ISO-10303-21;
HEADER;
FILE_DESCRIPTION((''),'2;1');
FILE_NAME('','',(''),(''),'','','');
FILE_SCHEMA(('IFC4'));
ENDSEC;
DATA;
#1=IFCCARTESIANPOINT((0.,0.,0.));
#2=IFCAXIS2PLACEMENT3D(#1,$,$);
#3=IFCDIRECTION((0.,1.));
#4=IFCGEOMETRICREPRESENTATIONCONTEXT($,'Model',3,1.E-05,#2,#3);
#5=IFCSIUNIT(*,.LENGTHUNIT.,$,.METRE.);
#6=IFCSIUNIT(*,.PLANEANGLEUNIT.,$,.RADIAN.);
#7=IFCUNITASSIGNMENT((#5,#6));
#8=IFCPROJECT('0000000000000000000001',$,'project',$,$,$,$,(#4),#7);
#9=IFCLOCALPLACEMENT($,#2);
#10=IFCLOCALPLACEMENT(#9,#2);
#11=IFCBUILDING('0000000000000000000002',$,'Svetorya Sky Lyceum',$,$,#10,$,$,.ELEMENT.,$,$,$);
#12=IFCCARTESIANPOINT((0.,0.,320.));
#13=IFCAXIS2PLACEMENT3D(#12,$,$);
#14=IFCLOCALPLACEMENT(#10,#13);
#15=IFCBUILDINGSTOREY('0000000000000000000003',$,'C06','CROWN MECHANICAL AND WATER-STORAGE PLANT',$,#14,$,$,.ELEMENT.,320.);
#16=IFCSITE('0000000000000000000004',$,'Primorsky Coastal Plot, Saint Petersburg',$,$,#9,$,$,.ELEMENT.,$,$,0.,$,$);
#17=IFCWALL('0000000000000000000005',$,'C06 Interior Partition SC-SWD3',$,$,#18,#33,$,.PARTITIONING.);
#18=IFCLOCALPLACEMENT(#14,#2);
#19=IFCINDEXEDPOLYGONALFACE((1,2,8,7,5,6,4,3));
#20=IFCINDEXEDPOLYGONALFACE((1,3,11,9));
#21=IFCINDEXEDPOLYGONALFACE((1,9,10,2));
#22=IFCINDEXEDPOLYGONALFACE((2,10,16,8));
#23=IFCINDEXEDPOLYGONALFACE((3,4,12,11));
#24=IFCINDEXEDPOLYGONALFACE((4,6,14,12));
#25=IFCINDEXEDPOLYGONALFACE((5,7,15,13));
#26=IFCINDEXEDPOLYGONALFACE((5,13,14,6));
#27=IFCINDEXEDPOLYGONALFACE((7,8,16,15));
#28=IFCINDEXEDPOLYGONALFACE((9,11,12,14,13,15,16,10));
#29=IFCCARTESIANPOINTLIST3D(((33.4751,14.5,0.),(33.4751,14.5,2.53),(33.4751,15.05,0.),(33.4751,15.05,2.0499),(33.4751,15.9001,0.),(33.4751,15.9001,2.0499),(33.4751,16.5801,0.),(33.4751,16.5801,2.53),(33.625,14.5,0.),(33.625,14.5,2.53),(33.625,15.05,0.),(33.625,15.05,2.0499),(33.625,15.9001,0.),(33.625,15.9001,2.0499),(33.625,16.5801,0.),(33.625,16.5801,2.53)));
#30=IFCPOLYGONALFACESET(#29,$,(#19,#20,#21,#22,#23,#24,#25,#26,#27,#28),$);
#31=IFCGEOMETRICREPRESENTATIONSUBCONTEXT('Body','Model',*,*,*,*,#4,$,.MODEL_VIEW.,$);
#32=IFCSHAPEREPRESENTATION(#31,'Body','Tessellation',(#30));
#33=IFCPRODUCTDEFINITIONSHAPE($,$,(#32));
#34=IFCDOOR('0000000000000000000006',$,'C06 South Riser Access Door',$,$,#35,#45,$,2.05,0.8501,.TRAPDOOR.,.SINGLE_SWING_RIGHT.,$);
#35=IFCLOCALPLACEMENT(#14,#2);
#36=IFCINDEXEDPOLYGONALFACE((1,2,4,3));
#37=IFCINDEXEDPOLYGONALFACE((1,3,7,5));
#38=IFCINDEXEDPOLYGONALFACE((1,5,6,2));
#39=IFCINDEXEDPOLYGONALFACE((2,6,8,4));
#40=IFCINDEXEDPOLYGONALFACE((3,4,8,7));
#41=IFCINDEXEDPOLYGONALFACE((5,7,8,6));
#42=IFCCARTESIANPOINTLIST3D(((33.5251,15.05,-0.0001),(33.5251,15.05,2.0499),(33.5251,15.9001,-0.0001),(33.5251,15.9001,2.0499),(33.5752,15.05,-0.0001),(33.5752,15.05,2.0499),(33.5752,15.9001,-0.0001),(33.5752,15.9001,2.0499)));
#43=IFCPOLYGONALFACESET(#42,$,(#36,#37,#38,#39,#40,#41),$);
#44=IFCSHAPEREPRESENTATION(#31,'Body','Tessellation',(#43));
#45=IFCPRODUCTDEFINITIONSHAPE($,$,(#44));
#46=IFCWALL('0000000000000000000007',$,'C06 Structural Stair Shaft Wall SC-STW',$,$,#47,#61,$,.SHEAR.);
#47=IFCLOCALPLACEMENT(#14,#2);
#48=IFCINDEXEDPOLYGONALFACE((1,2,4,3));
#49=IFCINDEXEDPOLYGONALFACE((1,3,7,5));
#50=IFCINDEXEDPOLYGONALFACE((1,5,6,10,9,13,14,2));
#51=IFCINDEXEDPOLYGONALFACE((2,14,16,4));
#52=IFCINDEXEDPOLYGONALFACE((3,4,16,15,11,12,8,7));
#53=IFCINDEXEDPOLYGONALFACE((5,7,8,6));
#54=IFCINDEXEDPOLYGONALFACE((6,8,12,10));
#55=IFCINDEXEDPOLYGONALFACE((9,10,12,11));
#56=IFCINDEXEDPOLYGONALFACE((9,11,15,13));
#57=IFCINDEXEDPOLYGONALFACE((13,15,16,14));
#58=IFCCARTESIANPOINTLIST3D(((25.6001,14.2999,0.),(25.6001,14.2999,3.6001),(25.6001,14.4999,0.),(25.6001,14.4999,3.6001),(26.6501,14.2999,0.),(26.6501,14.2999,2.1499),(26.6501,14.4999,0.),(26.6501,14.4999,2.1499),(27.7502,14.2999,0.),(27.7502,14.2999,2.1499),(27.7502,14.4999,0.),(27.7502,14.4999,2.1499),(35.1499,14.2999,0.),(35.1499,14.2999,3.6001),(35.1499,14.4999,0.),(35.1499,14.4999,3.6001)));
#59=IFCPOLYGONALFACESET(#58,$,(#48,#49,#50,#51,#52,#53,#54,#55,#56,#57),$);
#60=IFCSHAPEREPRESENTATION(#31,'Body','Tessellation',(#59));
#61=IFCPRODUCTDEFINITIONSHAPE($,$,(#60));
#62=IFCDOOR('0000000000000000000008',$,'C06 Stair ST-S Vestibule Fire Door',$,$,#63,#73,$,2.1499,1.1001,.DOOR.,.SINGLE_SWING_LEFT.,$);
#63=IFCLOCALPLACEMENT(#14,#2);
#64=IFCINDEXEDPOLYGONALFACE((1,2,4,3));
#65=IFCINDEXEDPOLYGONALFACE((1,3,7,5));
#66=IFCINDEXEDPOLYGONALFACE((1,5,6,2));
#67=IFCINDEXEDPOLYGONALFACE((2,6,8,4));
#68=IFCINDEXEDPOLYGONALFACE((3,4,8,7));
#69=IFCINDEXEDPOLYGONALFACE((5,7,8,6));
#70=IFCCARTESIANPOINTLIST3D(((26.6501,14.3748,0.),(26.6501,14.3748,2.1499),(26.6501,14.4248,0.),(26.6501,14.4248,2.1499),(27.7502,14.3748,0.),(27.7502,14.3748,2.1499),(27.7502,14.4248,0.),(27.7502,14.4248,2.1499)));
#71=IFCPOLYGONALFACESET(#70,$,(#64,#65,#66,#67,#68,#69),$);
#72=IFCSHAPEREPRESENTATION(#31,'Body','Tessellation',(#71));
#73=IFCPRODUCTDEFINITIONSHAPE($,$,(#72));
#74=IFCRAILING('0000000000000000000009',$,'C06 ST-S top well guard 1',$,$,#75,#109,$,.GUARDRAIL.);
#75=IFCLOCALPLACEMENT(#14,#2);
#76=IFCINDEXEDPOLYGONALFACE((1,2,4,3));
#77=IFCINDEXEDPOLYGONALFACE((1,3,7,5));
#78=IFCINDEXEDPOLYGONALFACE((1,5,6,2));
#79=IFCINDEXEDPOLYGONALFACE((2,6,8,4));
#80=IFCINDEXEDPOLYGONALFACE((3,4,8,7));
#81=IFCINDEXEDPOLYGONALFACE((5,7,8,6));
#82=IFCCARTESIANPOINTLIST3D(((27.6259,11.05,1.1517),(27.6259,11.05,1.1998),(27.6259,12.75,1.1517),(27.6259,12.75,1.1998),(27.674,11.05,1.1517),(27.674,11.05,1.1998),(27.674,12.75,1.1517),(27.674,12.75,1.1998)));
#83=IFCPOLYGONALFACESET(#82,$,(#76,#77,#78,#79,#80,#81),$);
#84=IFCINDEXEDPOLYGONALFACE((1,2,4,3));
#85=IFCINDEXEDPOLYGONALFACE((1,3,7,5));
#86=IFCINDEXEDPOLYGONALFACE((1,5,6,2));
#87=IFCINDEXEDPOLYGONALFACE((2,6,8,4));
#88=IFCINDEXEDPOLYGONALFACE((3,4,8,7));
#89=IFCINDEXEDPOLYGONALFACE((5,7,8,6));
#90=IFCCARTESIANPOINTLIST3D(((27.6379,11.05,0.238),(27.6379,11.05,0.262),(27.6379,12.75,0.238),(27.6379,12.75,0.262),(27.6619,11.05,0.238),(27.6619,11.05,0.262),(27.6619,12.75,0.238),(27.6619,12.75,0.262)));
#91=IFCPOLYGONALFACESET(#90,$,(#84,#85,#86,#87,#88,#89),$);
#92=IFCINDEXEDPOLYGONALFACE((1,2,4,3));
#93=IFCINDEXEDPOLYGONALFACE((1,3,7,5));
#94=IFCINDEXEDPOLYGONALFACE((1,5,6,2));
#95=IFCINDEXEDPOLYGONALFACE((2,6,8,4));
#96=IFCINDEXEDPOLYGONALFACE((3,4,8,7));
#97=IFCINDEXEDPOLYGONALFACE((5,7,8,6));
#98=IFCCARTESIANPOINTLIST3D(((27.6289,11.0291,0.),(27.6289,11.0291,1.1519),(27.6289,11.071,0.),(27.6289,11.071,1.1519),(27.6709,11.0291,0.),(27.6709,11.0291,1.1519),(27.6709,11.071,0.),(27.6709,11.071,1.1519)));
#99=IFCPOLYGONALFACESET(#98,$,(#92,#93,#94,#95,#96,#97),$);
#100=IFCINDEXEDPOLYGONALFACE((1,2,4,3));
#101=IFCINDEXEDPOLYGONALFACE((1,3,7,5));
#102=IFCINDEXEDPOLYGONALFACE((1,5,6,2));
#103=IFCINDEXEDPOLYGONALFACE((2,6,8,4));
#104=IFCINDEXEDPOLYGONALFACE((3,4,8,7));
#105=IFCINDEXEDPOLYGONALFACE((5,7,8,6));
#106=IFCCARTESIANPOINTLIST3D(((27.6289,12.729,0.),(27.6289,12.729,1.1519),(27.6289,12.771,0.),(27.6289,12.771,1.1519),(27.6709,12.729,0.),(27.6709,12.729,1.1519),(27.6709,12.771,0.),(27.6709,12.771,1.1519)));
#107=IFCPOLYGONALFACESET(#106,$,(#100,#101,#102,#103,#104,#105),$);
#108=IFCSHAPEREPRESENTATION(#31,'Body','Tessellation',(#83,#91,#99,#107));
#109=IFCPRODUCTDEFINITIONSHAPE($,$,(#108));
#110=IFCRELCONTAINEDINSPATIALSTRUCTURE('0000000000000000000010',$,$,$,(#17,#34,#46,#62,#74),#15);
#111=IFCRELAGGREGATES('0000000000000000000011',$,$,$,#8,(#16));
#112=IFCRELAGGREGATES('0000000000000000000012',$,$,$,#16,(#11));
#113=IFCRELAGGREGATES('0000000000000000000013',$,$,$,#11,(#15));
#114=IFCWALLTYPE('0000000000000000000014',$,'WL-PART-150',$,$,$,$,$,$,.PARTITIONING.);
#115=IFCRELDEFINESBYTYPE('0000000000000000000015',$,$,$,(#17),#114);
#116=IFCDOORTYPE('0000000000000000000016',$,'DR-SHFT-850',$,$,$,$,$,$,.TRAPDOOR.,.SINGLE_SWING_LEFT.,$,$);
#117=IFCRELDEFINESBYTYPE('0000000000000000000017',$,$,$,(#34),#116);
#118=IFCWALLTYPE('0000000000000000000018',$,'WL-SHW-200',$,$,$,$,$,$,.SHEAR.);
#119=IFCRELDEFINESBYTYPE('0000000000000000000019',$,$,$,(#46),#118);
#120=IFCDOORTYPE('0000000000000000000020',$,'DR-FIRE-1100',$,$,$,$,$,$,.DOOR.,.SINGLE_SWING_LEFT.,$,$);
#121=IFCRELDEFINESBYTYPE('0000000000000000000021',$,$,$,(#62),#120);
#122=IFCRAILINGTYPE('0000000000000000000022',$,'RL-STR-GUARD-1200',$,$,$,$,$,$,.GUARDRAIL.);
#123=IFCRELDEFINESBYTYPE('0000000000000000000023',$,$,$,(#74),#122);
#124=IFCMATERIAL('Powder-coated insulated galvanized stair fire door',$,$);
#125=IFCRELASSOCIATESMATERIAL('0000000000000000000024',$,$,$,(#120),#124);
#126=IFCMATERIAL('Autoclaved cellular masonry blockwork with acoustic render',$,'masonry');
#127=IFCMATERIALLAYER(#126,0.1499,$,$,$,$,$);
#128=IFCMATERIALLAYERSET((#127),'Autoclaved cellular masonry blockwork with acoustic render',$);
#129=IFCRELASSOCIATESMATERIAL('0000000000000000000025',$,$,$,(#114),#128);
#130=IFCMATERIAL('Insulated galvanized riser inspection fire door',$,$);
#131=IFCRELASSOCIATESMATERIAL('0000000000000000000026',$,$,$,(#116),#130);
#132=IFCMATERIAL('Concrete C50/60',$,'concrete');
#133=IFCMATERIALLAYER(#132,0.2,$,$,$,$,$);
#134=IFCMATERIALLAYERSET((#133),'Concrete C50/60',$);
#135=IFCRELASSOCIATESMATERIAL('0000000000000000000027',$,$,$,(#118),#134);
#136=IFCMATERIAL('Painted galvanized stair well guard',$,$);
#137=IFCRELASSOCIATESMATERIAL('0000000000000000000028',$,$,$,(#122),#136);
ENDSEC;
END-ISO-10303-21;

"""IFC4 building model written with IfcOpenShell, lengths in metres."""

from ifc_helpers import new_model, si_unit, direction, frame, frame_2d, origin, origin_2d, place, context, subcontext, project, spatial, rectangle, extrude, material, layer, layer_set, type_object, element, fill, save


model = new_model("IFC4")

# Units and contexts
model_context = context("Model", 3, precision=1e-05, world=origin(), true_north=direction((0.0, 1.0)))
body_context = subcontext(model_context, "Body", "Model", "MODEL_VIEW")
ifc_project = project(units=[si_unit("LENGTHUNIT", "METRE"), si_unit("PLANEANGLEUNIT", "RADIAN")], contexts=[model_context])

# Site, building, storey
site_placement = place(None, origin())
site = spatial("IfcSite", under=ifc_project, at=site_placement, Name="Primorsky Coastal Plot, Saint Petersburg", CompositionType="ELEMENT", RefElevation=0.0)
building_placement = place(site_placement, origin())
building = spatial("IfcBuilding", under=site, at=building_placement, Name="Svetorya Sky Lyceum", CompositionType="ELEMENT")
storey_placement = place(building_placement, frame((0.0, 0.0, 320.0)))
storey = spatial("IfcBuildingStorey", under=building, at=storey_placement, Name="C06", Description="CROWN MECHANICAL AND WATER-STORAGE PLANT", CompositionType="ELEMENT", Elevation=320.0)

# Shared definitions
ifc_material_1 = material(Name="Powder-coated insulated galvanized stair fire door")
door_type_1 = type_object("IfcDoorType", Name="DR-FIRE-1100", OperationType="SINGLE_SWING_LEFT", PredefinedType="DOOR", material=ifc_material_1)

# Shared definitions
ifc_material_2 = material(Name="Autoclaved cellular masonry blockwork with acoustic render", Category="masonry")
ifc_layer_1 = layer(ifc_material_2, 0.1499)
ifc_layer_set_1 = layer_set([ifc_layer_1], Name="Autoclaved cellular masonry blockwork with acoustic render")
wall_type_1 = type_object("IfcWallType", Name="WL-PART-150", PredefinedType="PARTITIONING", material=ifc_layer_set_1)

# Walls, openings, doors
wall_1_placement = place(storey_placement, frame((33.55, 14.5, 0.0), z_axis=(0.0, 0.0, 1.0), x_axis=(0.0, 1.0, 0.0)))
wall_1 = element("IfcWall", 1, at=wall_1_placement, inside=storey, type_object=wall_type_1, Name="C06 Interior Partition SC-SWD3", PredefinedType="PARTITIONING", context=body_context, shape_type="SweptSolid", body=[
    extrude(rectangle(XDim=2.0801, YDim=0.1499, at=frame_2d((1.04, 0.0))), origin(), (0.0, 0.0, 1.0), 2.53),
])
opening_1_placement = place(wall_1_placement, frame((0.55, 0.0, 0.0)))
opening_1 = element("IfcOpeningElement", 2, at=opening_1_placement, cuts=wall_1, PredefinedType="OPENING", context=body_context, shape_type="SweptSolid", body=[
    extrude(rectangle(XDim=0.8501, YDim=2.05, at=frame_2d((0.425, 1.0249))), frame((0.0, 0.085, 0.0), z_axis=(0.0, -1.0, 0.0), x_axis=(1.0, 0.0, 0.0)), (0.0, 0.0, 1.0), 0.1699),
])
ifc_material_3 = material(Name="Insulated galvanized riser inspection fire door")
door_type_2 = type_object("IfcDoorType", Name="DR-SHFT-850", OperationType="SINGLE_SWING_LEFT", PredefinedType="TRAPDOOR", material=ifc_material_3)
door_1_placement = place(opening_1_placement, origin())
door_1 = element("IfcDoor", 3, at=door_1_placement, inside=storey, type_object=door_type_2, Name="C06 South Riser Access Door", OperationType="SINGLE_SWING_RIGHT", OverallHeight=2.05, OverallWidth=0.8501, PredefinedType="TRAPDOOR", context=body_context, shape_type="SweptSolid", body=[
    extrude(rectangle(XDim=0.8501, YDim=2.05, at=frame_2d((0.425, 1.0249))), frame((0.0, 0.0249, 0.0), z_axis=(0.0, -1.0, 0.0), x_axis=(1.0, 0.0, 0.0)), (0.0, 0.0, 1.0), 0.05),
])
fill(opening_1, door_1)
ifc_material_4 = material(Name="Concrete C50/60", Category="concrete")
ifc_layer_2 = layer(ifc_material_4, 0.2)
ifc_layer_set_2 = layer_set([ifc_layer_2], Name="Concrete C50/60")
wall_type_2 = type_object("IfcWallType", Name="WL-SHW-200", PredefinedType="SHEAR", material=ifc_layer_set_2)
wall_2_placement = place(storey_placement, frame((25.6001, 14.3999, 0.0), z_axis=(0.0, 0.0, 1.0), x_axis=(1.0, 0.0, 0.0)))
wall_2 = element("IfcWall", 4, at=wall_2_placement, inside=storey, type_object=wall_type_2, Name="C06 Structural Stair Shaft Wall SC-STW", PredefinedType="SHEAR", context=body_context, shape_type="SweptSolid", body=[
    extrude(rectangle(XDim=9.5498, YDim=0.2, at=frame_2d((4.7749, 0.0))), origin(), (0.0, 0.0, 1.0), 3.6001),
])
opening_2_placement = place(wall_2_placement, frame((1.05, 0.0, 0.0)))
opening_2 = element("IfcOpeningElement", 5, at=opening_2_placement, cuts=wall_2, PredefinedType="OPENING", context=body_context, shape_type="SweptSolid", body=[
    extrude(rectangle(XDim=1.1001, YDim=2.1499, at=frame_2d((0.55, 1.075))), frame((0.0, 0.1099, 0.0), z_axis=(0.0, -1.0, 0.0), x_axis=(1.0, 0.0, 0.0)), (0.0, 0.0, 1.0), 0.22),
])
door_2_placement = place(opening_2_placement, origin())
door_2 = element("IfcDoor", 6, at=door_2_placement, inside=storey, type_object=door_type_1, Name="C06 Stair ST-S Vestibule Fire Door", OperationType="SINGLE_SWING_LEFT", OverallHeight=2.1499, OverallWidth=1.1001, PredefinedType="DOOR", context=body_context, shape_type="SweptSolid", body=[
    extrude(rectangle(XDim=1.1001, YDim=2.1499, at=frame_2d((0.55, 1.075))), frame((0.0, 0.0249, 0.0), z_axis=(0.0, -1.0, 0.0), x_axis=(1.0, 0.0, 0.0)), (0.0, 0.0, 1.0), 0.05),
])
fill(opening_2, door_2)

# Railing
ifc_material_5 = material(Name="Painted galvanized stair well guard")
railing_type = type_object("IfcRailingType", Name="RL-STR-GUARD-1200", PredefinedType="GUARDRAIL", material=ifc_material_5)
railing_placement = place(storey_placement, frame((27.6499, 11.05, 0.0)))
element("IfcRailing", 7, at=railing_placement, inside=storey, type_object=railing_type, Name="C06 ST-S top well guard 1", PredefinedType="GUARDRAIL", context=body_context, shape_type="SweptSolid", body=[
    extrude(rectangle(XDim=0.0481, YDim=0.0481, at=origin_2d()), frame((0.0, 0.0, 1.1758), z_axis=(0.0, 1.0, 0.0), x_axis=(-1.0, 0.0, 0.0)), (0.0, 0.0, 1.0), 1.7),
    extrude(rectangle(XDim=0.0239, YDim=0.0239, at=origin_2d()), frame((0.0, 0.0, 0.25), z_axis=(0.0, 1.0, 0.0), x_axis=(-1.0, 0.0, 0.0)), (0.0, 0.0, 1.0), 1.7),
    extrude(rectangle(XDim=0.042, YDim=0.042, at=origin_2d()), origin(), (0.0, 0.0, 1.0), 1.1519),
    extrude(rectangle(XDim=0.042, YDim=0.042, at=origin_2d()), frame((0.0, 1.7, 0.0)), (0.0, 0.0, 1.0), 1.1519),
])

save(model, "model.ifc")
